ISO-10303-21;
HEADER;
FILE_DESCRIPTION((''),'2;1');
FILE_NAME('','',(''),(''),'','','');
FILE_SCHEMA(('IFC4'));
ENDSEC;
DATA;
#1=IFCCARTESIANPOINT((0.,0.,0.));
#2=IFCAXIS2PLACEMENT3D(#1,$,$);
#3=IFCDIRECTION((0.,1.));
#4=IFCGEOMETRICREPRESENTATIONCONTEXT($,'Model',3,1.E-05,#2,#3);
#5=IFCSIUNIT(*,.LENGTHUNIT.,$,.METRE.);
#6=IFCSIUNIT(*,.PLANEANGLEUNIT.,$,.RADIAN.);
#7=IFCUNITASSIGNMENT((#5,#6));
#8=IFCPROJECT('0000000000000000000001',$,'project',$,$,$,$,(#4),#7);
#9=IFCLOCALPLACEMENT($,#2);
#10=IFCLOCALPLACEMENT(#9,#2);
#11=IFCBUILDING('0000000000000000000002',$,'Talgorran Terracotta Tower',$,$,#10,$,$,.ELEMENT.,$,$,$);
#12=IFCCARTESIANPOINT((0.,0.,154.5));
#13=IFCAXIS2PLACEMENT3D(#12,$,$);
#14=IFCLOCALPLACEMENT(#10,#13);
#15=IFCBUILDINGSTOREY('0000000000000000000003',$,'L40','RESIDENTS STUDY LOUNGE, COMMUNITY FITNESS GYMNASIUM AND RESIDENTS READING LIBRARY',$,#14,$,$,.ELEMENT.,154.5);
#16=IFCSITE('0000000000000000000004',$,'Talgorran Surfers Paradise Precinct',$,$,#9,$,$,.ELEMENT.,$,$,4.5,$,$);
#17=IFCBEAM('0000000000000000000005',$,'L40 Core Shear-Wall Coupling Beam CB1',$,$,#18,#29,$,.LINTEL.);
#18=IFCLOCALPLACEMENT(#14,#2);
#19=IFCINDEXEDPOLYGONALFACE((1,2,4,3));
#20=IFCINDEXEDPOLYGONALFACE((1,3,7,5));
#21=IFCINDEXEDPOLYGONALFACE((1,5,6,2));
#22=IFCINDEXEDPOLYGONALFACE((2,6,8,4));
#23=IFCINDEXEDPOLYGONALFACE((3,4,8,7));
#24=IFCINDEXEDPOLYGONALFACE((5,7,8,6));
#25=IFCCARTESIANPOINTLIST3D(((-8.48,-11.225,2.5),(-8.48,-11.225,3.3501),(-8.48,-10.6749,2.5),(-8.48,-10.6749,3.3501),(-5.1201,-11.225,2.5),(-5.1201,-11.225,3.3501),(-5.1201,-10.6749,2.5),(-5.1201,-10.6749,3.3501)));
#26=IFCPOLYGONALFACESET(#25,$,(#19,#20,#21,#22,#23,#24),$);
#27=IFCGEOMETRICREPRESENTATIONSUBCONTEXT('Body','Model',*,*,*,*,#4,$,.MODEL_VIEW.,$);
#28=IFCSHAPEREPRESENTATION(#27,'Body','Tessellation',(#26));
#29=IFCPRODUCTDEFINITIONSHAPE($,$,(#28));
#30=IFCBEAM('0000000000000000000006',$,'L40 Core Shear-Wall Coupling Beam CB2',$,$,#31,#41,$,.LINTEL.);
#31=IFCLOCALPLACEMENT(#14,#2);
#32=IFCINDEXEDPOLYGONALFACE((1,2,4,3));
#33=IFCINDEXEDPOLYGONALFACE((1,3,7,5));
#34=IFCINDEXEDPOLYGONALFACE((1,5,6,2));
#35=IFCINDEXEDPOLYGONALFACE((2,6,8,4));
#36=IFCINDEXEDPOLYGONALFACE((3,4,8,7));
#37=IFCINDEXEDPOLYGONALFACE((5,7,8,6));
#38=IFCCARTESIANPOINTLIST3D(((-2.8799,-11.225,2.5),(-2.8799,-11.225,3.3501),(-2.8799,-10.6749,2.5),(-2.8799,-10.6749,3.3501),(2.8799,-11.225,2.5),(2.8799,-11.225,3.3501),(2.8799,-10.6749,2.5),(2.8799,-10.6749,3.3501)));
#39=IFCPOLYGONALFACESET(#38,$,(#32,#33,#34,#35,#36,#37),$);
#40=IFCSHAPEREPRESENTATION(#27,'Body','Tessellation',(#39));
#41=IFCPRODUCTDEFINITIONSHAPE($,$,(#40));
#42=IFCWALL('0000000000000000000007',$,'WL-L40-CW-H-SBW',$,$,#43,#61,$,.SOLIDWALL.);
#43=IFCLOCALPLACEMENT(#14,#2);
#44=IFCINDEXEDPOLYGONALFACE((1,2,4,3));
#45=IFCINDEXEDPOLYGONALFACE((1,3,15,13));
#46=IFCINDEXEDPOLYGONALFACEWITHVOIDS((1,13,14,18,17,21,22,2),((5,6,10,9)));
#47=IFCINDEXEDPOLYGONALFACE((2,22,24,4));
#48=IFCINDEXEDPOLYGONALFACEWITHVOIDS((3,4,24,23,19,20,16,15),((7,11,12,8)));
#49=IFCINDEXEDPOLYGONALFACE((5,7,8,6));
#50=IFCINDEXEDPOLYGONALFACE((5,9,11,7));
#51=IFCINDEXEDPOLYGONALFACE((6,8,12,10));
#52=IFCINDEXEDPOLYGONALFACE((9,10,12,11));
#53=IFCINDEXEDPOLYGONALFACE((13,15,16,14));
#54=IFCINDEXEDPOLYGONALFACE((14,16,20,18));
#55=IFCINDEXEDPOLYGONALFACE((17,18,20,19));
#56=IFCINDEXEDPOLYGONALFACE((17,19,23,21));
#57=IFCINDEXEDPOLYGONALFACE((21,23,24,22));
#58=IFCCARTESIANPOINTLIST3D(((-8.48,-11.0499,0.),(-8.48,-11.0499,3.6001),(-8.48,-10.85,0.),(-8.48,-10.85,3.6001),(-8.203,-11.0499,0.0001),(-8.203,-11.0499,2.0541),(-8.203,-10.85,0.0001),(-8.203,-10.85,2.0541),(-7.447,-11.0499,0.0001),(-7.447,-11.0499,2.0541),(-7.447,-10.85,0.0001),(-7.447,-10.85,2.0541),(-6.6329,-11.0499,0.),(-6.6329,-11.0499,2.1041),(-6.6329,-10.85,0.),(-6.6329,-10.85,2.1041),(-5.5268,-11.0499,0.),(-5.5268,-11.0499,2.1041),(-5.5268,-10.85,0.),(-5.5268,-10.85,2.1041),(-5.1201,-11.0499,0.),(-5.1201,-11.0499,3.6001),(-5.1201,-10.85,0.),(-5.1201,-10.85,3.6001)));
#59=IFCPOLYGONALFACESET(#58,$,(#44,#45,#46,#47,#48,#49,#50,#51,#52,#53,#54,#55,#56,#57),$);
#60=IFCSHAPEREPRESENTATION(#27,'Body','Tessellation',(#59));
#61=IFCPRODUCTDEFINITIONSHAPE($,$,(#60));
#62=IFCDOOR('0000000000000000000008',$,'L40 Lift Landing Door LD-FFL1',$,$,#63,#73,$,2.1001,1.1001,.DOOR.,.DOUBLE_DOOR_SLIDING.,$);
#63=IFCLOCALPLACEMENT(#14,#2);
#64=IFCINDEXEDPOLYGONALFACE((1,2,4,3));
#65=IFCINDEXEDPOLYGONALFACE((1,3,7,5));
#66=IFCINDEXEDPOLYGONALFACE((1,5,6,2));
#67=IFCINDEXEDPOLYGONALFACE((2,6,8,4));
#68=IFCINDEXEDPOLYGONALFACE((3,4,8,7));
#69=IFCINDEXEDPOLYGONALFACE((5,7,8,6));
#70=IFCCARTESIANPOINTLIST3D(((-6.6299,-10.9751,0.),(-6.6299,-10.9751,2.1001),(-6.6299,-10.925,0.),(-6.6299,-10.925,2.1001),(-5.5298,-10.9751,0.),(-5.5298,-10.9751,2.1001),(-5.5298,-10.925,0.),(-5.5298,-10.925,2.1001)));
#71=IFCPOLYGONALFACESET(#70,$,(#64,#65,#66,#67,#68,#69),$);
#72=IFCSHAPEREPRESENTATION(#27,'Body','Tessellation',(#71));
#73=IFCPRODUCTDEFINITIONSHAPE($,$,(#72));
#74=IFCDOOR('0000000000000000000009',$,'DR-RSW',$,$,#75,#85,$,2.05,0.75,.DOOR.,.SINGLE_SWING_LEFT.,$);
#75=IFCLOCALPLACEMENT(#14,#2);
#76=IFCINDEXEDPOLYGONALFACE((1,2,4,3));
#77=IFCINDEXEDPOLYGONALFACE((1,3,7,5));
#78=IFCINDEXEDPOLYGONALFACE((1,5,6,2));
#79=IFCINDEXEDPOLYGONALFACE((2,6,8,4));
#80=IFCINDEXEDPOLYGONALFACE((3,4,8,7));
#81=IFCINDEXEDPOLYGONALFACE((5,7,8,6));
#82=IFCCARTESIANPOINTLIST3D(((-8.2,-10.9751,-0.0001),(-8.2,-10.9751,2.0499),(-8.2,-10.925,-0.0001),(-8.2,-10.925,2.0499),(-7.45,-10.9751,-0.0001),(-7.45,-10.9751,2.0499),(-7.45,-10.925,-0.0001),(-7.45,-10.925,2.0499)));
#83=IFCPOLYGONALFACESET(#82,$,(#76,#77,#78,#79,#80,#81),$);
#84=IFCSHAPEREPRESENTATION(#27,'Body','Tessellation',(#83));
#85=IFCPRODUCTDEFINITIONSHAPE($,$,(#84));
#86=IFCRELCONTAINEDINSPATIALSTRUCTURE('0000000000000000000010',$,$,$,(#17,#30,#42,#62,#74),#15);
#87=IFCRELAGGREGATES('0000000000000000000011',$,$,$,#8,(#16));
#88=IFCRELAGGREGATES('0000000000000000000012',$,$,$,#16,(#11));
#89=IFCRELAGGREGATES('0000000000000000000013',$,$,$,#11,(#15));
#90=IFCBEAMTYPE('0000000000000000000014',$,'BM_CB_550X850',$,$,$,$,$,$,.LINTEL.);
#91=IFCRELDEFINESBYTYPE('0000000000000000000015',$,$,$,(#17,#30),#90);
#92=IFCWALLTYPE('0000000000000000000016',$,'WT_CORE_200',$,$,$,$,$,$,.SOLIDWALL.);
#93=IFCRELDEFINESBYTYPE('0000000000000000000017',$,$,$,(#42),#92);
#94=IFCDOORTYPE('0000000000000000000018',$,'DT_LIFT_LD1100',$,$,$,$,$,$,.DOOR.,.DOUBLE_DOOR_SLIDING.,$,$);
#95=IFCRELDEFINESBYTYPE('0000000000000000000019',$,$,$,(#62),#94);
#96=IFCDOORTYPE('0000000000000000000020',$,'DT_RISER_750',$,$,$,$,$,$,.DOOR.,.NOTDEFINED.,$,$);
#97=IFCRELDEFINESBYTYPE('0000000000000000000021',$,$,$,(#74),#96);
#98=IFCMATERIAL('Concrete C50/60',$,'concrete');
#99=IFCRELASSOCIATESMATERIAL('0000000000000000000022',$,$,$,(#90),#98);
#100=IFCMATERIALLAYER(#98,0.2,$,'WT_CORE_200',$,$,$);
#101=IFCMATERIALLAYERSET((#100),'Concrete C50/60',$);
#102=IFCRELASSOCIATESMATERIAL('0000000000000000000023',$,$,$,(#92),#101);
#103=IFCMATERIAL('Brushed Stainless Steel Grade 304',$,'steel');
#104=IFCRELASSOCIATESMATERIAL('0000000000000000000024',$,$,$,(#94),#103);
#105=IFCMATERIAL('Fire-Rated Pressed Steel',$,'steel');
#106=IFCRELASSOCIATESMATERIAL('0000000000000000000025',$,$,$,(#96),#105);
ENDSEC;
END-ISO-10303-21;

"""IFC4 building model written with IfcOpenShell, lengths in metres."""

from ifc_helpers import new_model, si_unit, direction, frame, frame_2d, origin, origin_2d, place, context, subcontext, project, spatial, rectangle, extrude, material, layer, layer_set, material_profile, profile_set, type_object, element, fill, save


model = new_model("IFC4")

# Units and contexts
model_context = context("Model", 3, precision=1e-05, world=origin(), true_north=direction((0.0, 1.0)))
body_context = subcontext(model_context, "Body", "Model", "MODEL_VIEW")
ifc_project = project(units=[si_unit("LENGTHUNIT", "METRE"), si_unit("PLANEANGLEUNIT", "RADIAN")], contexts=[model_context])

# Site, building, storey
site_placement = place(None, origin())
site = spatial("IfcSite", under=ifc_project, at=site_placement, Name="Talgorran Surfers Paradise Precinct", CompositionType="ELEMENT", RefElevation=4.5)
building_placement = place(site_placement, origin())
building = spatial("IfcBuilding", under=site, at=building_placement, Name="Talgorran Terracotta Tower", CompositionType="ELEMENT")
storey_placement = place(building_placement, frame((0.0, 0.0, 154.5)))
storey = spatial("IfcBuildingStorey", under=building, at=storey_placement, Name="L40", Description="RESIDENTS STUDY LOUNGE, COMMUNITY FITNESS GYMNASIUM AND RESIDENTS READING LIBRARY", CompositionType="ELEMENT", Elevation=154.5)

# Beams
ifc_material_1 = material(Name="Concrete C50/60", Category="concrete")
ifc_material_profile = material_profile(ifc_material_1, rectangle(XDim=0.55, YDim=0.8501, at=origin_2d()), Name="RCCB550X850")
ifc_profile_set = profile_set([ifc_material_profile], Name="Concrete C50/60")
beam_type = type_object("IfcBeamType", Name="BM_CB_550X850", PredefinedType="LINTEL", material=ifc_profile_set)
beam_1_placement = place(storey_placement, frame((-8.48, -10.95, 2.925), z_axis=(1.0, 0.0, 0.0), x_axis=(0.0, 1.0, 0.0)))
element("IfcBeam", 1, at=beam_1_placement, inside=storey, type_object=beam_type, Name="L40 Core Shear-Wall Coupling Beam CB1", PredefinedType="LINTEL", context=body_context, shape_type="SweptSolid", body=[
    extrude(rectangle(XDim=0.55, YDim=0.8501, at=origin_2d()), origin(), (0.0, 0.0, 1.0), 3.3599),
])
beam_2_placement = place(storey_placement, frame((-2.8799, -10.95, 2.925), z_axis=(1.0, 0.0, 0.0), x_axis=(0.0, 1.0, 0.0)))
element("IfcBeam", 2, at=beam_2_placement, inside=storey, type_object=beam_type, Name="L40 Core Shear-Wall Coupling Beam CB2", PredefinedType="LINTEL", context=body_context, shape_type="SweptSolid", body=[
    extrude(rectangle(XDim=0.55, YDim=0.8501, at=origin_2d()), origin(), (0.0, 0.0, 1.0), 5.7598),
])

# Wall, openings, doors
ifc_layer_1 = layer(ifc_material_1, 0.2, Name="WT_CORE_200")
ifc_layer_set_1 = layer_set([ifc_layer_1], Name="Concrete C50/60")
wall_type_1 = type_object("IfcWallType", Name="WT_CORE_200", PredefinedType="SOLIDWALL", material=ifc_layer_set_1)
wall_1_placement = place(storey_placement, frame((-8.48, -10.95, 0.0), z_axis=(0.0, 0.0, 1.0), x_axis=(1.0, 0.0, 0.0)))
wall_1 = element("IfcWall", 3, at=wall_1_placement, inside=storey, type_object=wall_type_1, Name="WL-L40-CW-H-SBW", PredefinedType="SOLIDWALL", context=body_context, shape_type="SweptSolid", body=[
    extrude(rectangle(XDim=3.3599, YDim=0.2, at=frame_2d((1.6799, 0.0))), origin(), (0.0, 0.0, 1.0), 3.6001),
])
opening_1_placement = place(wall_1_placement, frame((0.28, 0.0, 0.0)))
opening_1 = element("IfcOpeningElement", 4, at=opening_1_placement, cuts=wall_1, PredefinedType="OPENING", context=body_context, shape_type="SweptSolid", body=[
    extrude(rectangle(XDim=0.756, YDim=2.054, at=frame_2d((0.375, 1.0271))), frame((0.0, 0.1099, 0.0), z_axis=(0.0, -1.0, 0.0), x_axis=(1.0, 0.0, 0.0)), (0.0, 0.0, 1.0), 0.22),
])
opening_2_placement = place(wall_1_placement, frame((1.8501, 0.0, 0.0)))
opening_2 = element("IfcOpeningElement", 5, at=opening_2_placement, cuts=wall_1, PredefinedType="OPENING", context=body_context, shape_type="SweptSolid", body=[
    extrude(rectangle(XDim=1.1061, YDim=2.1041, at=frame_2d((0.55, 1.052))), frame((0.0, 0.1099, 0.0), z_axis=(0.0, -1.0, 0.0), x_axis=(1.0, 0.0, 0.0)), (0.0, 0.0, 1.0), 0.22),
])
ifc_material_2 = material(Name="Brushed Stainless Steel Grade 304", Category="steel")
door_type_1 = type_object("IfcDoorType", Name="DT_LIFT_LD1100", OperationType="DOUBLE_DOOR_SLIDING", PredefinedType="DOOR", material=ifc_material_2)
door_1_placement = place(opening_2_placement, origin())
door_1 = element("IfcDoor", 6, at=door_1_placement, inside=storey, type_object=door_type_1, Name="L40 Lift Landing Door LD-FFL1", OperationType="DOUBLE_DOOR_SLIDING", OverallHeight=2.1001, OverallWidth=1.1001, PredefinedType="DOOR", context=body_context, shape_type="SweptSolid", body=[
    extrude(rectangle(XDim=1.1001, YDim=2.1001, at=frame_2d((0.55, 1.05))), frame((0.0, 0.0249, 0.0), z_axis=(0.0, -1.0, 0.0), x_axis=(1.0, 0.0, 0.0)), (0.0, 0.0, 1.0), 0.05),
])
fill(opening_2, door_1)
ifc_material_3 = material(Name="Fire-Rated Pressed Steel", Category="steel")
door_type_2 = type_object("IfcDoorType", Name="DT_RISER_750", OperationType="NOTDEFINED", PredefinedType="DOOR", material=ifc_material_3)
door_2_placement = place(opening_1_placement, origin())
door_2 = element("IfcDoor", 7, at=door_2_placement, inside=storey, type_object=door_type_2, Name="DR-RSW", OperationType="SINGLE_SWING_LEFT", OverallHeight=2.05, OverallWidth=0.75, PredefinedType="DOOR", context=body_context, shape_type="SweptSolid", body=[
    extrude(rectangle(XDim=0.75, YDim=2.05, at=frame_2d((0.375, 1.0249))), frame((0.0, 0.0249, 0.0), z_axis=(0.0, -1.0, 0.0), x_axis=(1.0, 0.0, 0.0)), (0.0, 0.0, 1.0), 0.05),
])
fill(opening_1, door_2)

save(model, "model.ifc")
